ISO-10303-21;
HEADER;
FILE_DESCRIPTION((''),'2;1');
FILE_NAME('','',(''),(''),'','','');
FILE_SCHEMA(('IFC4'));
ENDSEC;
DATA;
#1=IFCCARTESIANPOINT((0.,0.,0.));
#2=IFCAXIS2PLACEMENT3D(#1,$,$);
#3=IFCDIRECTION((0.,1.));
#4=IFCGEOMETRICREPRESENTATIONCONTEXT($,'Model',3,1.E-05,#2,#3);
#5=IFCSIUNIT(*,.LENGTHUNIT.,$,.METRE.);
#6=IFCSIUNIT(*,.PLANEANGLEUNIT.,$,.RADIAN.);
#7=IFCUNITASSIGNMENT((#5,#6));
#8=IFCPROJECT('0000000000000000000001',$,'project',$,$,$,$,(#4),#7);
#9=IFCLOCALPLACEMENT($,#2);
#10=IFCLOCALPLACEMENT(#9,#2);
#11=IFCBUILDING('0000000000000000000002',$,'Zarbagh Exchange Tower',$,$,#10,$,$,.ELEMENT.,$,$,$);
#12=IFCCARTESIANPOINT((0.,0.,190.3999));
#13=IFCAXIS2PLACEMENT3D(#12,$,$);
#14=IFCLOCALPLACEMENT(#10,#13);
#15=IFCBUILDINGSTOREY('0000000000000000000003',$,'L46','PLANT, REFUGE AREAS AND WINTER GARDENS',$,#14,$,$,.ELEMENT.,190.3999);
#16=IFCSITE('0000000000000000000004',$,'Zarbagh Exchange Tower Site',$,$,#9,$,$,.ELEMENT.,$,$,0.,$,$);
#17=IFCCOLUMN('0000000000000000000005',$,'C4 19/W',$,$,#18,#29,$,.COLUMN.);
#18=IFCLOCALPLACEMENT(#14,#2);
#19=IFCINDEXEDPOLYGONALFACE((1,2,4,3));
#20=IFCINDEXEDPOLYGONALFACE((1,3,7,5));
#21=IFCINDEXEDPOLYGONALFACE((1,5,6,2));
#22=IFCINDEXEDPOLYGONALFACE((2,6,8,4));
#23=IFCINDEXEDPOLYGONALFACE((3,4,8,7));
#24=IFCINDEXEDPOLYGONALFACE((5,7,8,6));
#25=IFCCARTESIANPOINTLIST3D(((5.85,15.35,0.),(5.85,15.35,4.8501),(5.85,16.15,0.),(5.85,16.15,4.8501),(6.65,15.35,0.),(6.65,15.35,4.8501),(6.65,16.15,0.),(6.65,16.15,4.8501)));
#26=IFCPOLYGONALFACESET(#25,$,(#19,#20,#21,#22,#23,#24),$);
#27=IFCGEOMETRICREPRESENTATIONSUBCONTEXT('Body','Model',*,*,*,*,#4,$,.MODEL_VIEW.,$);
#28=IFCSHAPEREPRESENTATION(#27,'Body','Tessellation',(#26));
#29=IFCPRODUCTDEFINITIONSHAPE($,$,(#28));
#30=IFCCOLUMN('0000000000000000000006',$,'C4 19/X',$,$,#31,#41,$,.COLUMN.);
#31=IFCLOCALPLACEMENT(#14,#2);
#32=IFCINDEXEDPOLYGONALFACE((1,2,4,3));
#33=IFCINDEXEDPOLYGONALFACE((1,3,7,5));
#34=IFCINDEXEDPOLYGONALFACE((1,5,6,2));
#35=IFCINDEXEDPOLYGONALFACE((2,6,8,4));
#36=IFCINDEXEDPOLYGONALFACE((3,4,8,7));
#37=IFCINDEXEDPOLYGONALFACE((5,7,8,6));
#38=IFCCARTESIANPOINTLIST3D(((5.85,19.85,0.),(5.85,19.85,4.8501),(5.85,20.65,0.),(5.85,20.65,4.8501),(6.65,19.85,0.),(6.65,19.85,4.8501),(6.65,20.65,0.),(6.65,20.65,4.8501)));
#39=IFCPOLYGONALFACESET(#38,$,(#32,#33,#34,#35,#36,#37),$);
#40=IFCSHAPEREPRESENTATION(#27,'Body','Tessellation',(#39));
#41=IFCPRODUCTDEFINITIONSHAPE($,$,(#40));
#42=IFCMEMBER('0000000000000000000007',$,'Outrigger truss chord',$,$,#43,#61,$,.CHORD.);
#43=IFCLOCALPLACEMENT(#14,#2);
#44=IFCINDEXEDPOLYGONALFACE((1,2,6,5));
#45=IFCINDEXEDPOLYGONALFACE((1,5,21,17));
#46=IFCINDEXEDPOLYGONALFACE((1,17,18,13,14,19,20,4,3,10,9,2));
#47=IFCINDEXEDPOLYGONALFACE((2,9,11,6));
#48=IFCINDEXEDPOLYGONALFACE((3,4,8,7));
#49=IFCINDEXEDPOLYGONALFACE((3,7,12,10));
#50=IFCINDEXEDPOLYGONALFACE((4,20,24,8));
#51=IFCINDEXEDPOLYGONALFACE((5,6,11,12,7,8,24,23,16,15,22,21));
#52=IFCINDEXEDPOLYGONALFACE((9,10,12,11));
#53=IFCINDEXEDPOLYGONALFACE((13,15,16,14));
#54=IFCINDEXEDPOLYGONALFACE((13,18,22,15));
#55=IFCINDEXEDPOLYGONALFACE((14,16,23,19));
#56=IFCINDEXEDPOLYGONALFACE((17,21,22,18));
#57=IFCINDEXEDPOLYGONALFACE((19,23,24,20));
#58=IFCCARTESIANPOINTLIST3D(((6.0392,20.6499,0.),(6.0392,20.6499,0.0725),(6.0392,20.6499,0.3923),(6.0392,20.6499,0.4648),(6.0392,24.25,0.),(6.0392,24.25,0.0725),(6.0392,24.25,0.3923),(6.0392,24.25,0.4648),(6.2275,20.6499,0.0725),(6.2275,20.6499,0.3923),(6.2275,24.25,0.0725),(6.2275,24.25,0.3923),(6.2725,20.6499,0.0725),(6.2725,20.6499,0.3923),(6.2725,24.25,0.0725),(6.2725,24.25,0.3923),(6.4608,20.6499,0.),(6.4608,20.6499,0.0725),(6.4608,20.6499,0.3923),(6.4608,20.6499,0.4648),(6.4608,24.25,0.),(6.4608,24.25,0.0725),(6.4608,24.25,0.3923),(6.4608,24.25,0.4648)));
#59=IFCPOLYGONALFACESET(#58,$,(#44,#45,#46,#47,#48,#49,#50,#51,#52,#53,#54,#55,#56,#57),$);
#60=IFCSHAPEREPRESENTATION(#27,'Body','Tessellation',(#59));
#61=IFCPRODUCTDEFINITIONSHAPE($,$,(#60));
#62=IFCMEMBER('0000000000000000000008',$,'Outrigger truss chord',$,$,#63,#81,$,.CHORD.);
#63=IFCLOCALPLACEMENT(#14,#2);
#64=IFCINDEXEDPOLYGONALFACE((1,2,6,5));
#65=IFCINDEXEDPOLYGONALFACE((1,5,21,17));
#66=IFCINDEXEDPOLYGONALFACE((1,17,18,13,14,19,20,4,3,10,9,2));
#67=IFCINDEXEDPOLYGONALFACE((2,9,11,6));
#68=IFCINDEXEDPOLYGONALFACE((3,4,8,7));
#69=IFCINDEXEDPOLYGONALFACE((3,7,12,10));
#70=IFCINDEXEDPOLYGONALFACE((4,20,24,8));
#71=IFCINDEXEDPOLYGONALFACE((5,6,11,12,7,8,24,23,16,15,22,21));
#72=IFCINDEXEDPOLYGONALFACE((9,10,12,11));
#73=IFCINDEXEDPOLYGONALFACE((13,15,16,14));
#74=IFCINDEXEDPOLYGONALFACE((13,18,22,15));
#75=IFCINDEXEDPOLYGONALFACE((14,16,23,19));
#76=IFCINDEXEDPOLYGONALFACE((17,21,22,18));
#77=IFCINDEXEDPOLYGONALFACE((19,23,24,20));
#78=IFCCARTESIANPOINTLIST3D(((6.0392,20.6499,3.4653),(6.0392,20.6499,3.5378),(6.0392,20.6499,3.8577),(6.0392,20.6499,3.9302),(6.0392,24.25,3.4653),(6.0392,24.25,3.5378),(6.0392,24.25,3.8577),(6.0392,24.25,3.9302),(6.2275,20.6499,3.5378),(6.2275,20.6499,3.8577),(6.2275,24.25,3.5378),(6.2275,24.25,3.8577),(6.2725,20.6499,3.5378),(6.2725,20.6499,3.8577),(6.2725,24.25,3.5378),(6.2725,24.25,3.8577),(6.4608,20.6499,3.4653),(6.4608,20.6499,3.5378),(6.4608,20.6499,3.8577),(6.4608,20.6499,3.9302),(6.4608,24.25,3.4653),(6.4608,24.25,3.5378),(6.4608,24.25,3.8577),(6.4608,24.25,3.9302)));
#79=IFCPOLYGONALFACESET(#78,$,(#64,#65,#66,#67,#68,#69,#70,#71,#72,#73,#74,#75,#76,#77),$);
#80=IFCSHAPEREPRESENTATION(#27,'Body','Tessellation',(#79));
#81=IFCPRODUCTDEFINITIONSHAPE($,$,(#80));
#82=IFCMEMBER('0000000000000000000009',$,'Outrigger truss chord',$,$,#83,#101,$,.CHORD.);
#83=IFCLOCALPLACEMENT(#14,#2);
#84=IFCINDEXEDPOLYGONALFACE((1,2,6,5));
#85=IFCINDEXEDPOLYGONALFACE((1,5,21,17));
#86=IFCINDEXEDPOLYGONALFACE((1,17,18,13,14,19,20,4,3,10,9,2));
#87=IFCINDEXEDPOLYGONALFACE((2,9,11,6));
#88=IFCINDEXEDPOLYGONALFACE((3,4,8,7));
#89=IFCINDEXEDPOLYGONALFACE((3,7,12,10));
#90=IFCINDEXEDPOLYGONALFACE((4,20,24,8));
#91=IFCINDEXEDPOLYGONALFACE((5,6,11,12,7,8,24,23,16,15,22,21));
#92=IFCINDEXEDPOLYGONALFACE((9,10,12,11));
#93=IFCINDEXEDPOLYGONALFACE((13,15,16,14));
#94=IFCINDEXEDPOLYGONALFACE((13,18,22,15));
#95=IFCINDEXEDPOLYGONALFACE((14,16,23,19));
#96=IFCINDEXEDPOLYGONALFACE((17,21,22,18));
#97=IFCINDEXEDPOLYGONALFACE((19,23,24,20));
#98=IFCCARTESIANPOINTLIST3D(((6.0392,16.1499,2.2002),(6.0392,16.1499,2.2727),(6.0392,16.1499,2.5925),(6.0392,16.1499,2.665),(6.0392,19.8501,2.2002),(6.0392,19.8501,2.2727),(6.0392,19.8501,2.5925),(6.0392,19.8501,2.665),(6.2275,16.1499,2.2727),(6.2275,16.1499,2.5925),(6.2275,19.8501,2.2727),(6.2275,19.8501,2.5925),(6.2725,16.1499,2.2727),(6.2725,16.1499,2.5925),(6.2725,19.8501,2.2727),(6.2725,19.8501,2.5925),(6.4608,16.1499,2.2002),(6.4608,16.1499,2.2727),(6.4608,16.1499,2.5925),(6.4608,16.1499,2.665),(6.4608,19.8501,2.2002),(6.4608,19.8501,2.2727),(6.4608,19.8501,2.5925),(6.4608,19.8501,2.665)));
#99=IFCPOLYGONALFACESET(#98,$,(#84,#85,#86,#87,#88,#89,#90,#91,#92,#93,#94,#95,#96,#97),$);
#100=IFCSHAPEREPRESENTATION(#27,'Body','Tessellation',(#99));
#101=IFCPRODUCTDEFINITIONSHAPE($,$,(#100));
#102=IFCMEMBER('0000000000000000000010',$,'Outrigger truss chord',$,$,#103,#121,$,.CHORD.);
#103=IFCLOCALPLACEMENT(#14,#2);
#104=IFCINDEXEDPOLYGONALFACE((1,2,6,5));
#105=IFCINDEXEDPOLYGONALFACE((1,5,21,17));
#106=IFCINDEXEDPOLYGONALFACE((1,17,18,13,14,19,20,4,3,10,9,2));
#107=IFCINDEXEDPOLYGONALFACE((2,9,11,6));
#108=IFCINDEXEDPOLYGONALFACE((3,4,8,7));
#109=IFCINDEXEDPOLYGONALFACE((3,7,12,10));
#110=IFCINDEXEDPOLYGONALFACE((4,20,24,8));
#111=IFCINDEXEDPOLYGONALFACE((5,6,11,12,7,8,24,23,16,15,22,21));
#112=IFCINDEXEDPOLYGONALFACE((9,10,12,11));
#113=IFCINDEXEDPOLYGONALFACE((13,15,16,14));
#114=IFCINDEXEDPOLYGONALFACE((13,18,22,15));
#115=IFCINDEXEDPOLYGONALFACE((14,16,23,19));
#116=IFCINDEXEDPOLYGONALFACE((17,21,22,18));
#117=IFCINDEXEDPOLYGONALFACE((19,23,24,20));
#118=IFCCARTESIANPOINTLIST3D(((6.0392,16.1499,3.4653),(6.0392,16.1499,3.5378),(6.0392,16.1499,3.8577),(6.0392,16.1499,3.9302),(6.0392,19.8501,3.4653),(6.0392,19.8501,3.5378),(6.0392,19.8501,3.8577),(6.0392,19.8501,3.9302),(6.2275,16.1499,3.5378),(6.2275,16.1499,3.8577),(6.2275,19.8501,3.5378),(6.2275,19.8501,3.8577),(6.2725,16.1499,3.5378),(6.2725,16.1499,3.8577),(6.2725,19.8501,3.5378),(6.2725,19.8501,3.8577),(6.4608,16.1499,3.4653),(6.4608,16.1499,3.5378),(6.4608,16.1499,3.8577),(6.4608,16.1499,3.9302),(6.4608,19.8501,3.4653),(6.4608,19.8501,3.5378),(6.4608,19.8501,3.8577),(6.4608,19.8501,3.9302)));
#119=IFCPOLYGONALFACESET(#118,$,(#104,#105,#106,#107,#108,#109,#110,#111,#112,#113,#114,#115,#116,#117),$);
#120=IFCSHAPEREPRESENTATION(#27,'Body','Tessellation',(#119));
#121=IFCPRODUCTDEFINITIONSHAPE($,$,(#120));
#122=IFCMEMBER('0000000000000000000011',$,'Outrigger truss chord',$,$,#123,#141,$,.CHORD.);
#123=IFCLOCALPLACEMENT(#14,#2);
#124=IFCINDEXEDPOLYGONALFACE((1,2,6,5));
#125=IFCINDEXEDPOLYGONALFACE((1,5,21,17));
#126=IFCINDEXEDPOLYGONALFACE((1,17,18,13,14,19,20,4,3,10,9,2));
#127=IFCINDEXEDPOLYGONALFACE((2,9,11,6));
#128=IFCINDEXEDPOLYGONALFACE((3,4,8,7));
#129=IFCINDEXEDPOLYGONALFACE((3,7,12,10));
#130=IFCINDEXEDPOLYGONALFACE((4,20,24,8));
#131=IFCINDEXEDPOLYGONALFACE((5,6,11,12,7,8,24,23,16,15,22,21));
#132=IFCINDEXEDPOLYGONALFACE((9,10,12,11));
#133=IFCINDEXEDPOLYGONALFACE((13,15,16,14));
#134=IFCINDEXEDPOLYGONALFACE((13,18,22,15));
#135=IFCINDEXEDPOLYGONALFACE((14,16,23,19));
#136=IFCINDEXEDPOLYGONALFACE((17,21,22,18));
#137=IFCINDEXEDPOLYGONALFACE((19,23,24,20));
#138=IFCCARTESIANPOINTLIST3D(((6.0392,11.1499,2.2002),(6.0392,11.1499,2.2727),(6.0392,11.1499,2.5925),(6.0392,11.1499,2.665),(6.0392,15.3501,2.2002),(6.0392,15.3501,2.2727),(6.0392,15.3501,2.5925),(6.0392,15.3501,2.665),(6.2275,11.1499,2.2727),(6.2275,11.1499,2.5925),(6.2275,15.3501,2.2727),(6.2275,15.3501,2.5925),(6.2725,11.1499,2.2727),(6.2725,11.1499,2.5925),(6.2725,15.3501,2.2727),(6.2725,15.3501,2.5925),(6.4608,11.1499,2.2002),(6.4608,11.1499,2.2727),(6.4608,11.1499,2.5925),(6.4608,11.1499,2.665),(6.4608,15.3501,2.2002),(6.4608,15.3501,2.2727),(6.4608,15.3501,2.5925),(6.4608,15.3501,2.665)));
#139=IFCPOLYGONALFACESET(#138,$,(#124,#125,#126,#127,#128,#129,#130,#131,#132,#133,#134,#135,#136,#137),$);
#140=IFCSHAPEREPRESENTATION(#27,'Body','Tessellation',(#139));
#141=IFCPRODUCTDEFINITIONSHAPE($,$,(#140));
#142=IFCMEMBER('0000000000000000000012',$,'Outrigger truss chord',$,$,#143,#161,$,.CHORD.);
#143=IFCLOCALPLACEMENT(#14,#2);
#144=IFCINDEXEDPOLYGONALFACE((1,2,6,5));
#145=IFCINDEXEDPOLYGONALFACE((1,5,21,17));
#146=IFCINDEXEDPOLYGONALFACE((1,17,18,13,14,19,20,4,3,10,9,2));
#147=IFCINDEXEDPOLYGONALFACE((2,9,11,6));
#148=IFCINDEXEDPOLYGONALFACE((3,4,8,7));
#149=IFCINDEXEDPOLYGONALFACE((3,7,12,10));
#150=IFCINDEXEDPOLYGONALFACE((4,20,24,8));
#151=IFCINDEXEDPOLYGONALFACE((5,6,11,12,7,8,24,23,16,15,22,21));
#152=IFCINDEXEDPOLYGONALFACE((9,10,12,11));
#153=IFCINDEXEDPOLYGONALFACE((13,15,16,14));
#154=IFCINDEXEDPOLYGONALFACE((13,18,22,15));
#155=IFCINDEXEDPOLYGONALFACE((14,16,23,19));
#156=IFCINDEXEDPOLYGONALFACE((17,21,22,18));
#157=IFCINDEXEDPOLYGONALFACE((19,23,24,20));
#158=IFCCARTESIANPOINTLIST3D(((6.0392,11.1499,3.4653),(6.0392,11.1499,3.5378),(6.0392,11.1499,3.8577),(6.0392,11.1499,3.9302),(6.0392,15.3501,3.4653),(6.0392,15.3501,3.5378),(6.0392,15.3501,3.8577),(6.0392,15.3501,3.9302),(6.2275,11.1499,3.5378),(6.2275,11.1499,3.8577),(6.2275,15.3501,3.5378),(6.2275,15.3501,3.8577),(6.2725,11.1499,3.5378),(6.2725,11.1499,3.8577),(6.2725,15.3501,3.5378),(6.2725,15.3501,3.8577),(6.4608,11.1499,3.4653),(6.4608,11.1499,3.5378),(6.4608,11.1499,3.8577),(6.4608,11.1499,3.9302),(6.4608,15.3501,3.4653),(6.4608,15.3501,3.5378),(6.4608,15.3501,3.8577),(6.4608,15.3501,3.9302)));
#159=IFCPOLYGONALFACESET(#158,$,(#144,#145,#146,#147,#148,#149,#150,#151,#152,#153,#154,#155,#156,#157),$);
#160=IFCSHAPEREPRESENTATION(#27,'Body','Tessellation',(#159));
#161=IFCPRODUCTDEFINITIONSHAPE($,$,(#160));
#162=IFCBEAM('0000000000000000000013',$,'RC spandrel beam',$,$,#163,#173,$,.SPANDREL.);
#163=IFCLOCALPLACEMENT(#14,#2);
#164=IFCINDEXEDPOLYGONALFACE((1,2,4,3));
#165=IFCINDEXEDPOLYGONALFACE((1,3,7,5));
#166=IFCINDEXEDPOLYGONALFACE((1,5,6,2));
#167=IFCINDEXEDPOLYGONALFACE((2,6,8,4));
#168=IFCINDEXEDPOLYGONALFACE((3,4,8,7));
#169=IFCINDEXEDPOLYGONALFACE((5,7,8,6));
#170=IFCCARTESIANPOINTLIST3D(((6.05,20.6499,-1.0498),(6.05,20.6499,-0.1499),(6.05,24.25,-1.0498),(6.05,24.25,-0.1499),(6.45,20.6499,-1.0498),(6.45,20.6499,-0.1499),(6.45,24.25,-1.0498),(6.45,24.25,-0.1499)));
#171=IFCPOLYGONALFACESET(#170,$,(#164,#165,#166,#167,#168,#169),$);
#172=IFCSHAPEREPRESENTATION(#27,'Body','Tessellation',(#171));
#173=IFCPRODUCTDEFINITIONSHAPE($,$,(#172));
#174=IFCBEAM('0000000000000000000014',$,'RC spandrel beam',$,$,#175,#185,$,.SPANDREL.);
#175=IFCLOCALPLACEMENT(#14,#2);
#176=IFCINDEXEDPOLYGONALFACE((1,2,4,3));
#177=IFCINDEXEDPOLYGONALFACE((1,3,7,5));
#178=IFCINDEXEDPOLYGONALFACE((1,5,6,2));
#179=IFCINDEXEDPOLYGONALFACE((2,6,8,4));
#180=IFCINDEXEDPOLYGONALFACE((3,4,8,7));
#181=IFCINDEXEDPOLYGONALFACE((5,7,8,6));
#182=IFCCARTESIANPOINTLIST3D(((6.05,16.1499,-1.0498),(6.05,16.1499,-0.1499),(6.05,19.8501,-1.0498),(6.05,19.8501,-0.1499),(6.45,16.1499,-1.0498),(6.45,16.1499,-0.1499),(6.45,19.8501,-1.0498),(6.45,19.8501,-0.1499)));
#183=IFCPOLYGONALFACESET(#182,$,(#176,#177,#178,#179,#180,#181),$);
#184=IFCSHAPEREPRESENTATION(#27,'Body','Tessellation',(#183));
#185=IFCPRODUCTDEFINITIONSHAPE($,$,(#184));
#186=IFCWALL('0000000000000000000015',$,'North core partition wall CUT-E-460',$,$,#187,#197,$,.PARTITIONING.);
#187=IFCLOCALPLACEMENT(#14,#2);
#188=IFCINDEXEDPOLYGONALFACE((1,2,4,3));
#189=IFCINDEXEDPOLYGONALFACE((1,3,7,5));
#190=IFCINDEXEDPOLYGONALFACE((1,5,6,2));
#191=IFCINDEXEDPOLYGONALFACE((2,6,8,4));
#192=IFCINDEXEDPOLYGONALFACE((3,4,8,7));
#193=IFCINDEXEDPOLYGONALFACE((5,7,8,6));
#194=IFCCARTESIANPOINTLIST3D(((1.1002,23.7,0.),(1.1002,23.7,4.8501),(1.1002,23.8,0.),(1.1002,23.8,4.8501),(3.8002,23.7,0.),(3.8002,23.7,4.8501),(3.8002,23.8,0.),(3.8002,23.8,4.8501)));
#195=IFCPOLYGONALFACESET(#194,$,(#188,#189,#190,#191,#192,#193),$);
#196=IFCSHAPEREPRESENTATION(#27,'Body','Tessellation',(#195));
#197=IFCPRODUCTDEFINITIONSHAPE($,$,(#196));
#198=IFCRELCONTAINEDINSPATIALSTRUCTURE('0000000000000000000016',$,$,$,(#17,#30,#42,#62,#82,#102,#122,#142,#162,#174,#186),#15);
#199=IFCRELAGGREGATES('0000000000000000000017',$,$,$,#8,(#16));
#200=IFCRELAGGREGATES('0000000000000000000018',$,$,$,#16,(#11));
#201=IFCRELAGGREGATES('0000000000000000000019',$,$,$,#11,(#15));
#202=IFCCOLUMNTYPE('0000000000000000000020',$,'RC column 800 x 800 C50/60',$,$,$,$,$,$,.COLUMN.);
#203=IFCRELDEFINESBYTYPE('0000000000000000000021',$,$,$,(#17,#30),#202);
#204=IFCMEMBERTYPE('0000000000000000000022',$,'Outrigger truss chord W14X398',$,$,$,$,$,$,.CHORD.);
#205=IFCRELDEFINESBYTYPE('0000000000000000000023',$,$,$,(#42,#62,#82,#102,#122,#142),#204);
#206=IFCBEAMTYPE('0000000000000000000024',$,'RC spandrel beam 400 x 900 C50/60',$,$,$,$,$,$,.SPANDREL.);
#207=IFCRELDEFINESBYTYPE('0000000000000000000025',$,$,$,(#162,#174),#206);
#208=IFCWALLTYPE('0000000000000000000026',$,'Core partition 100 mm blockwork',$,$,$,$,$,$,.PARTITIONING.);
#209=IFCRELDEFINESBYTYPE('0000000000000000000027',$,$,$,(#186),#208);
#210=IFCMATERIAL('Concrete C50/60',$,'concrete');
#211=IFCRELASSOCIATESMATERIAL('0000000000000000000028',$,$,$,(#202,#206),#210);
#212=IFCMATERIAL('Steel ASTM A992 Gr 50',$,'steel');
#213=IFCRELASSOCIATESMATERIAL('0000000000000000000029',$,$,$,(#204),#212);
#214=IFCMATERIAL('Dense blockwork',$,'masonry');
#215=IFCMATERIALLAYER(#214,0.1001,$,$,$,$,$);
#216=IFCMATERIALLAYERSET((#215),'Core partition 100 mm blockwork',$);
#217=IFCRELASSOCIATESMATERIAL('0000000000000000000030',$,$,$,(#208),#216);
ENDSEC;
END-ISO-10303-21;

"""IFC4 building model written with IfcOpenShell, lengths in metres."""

from ifc_helpers import new_model, si_unit, direction, frame, frame_2d, origin, origin_2d, place, context, subcontext, project, spatial, rectangle, i_section, extrude, material, layer, layer_set, material_profile, profile_set, type_object, element, save


model = new_model("IFC4")

# Units and contexts
model_context = context("Model", 3, precision=1e-05, world=origin(), true_north=direction((0.0, 1.0)))
body_context = subcontext(model_context, "Body", "Model", "MODEL_VIEW")
ifc_project = project(units=[si_unit("LENGTHUNIT", "METRE"), si_unit("PLANEANGLEUNIT", "RADIAN")], contexts=[model_context])

# Site, building, storey
site_placement = place(None, origin())
site = spatial("IfcSite", under=ifc_project, at=site_placement, Name="Zarbagh Exchange Tower Site", CompositionType="ELEMENT", RefElevation=0.0)
building_placement = place(site_placement, origin())
building = spatial("IfcBuilding", under=site, at=building_placement, Name="Zarbagh Exchange Tower", CompositionType="ELEMENT")
storey_placement = place(building_placement, frame((0.0, 0.0, 190.3999)))
storey = spatial("IfcBuildingStorey", under=building, at=storey_placement, Name="L46", Description="PLANT, REFUGE AREAS AND WINTER GARDENS", CompositionType="ELEMENT", Elevation=190.3999)

# Columns
ifc_material_1 = material(Name="Concrete C50/60", Category="concrete")
ifc_material_profile_1 = material_profile(ifc_material_1, rectangle(XDim=0.8, YDim=0.8, at=origin_2d()), Name="RC column 800 x 800 C50/60")
ifc_profile_set_1 = profile_set([ifc_material_profile_1], Name="Concrete C50/60")
column_type = type_object("IfcColumnType", Name="RC column 800 x 800 C50/60", PredefinedType="COLUMN", material=ifc_profile_set_1)
for number, where, z_axis, x_axis, name in (
    (1, (6.25, 15.75, 0.0), (0.0, 0.0, 1.0), (1.0, 0.0, 0.0), "C4 19/W"),
    (2, (6.25, 20.25, 0.0), (0.0, 0.0, 1.0), (1.0, 0.0, 0.0), "C4 19/X"),
):
    element("IfcColumn", number, at=place(storey_placement, frame(where, z_axis=z_axis, x_axis=x_axis)), inside=storey, type_object=column_type, Name=name, PredefinedType="COLUMN", context=body_context, shape_type="SweptSolid", body=[
        extrude(rectangle(XDim=0.8, YDim=0.8, at=origin_2d()), origin(), (0.0, 0.0, 1.0), 4.8501),
    ])

# Members
ifc_material_2 = material(Name="Steel ASTM A992 Gr 50", Category="steel")
ifc_material_profile_2 = material_profile(ifc_material_2, i_section(OverallWidth=0.4216, OverallDepth=0.4648, WebThickness=0.0449, FlangeThickness=0.0725, at=origin_2d()), Name="W14X398")
ifc_profile_set_2 = profile_set([ifc_material_profile_2], Name="Steel ASTM A992 Gr 50")
member_type = type_object("IfcMemberType", Name="Outrigger truss chord W14X398", PredefinedType="CHORD", material=ifc_profile_set_2)
for number, where, z_axis, x_axis, name in (
    (3, (6.25, 24.25, 0.2324), (0.0, -1.0, 0.0), (1.0, 0.0, 0.0), "Outrigger truss chord"),
    (4, (6.25, 24.25, 3.6978), (0.0, -1.0, 0.0), (1.0, 0.0, 0.0), "Outrigger truss chord"),
):
    element("IfcMember", number, at=place(storey_placement, frame(where, z_axis=z_axis, x_axis=x_axis)), inside=storey, type_object=member_type, Name=name, PredefinedType="CHORD", context=body_context, shape_type="SweptSolid", body=[
        extrude(i_section(OverallWidth=0.4216, OverallDepth=0.4648, WebThickness=0.0449, FlangeThickness=0.0725, at=origin_2d()), origin(), (0.0, 0.0, 1.0), 3.6001),
    ])
for number, where, z_axis, x_axis, name in (
    (5, (6.25, 19.8501, 2.4326), (0.0, -1.0, 0.0), (1.0, 0.0, 0.0), "Outrigger truss chord"),
    (6, (6.25, 19.8501, 3.6978), (0.0, -1.0, 0.0), (1.0, 0.0, 0.0), "Outrigger truss chord"),
):
    element("IfcMember", number, at=place(storey_placement, frame(where, z_axis=z_axis, x_axis=x_axis)), inside=storey, type_object=member_type, Name=name, PredefinedType="CHORD", context=body_context, shape_type="SweptSolid", body=[
        extrude(i_section(OverallWidth=0.4216, OverallDepth=0.4648, WebThickness=0.0449, FlangeThickness=0.0725, at=origin_2d()), origin(), (0.0, 0.0, 1.0), 3.7002),
    ])
for number, where, z_axis, x_axis, name in (
    (7, (6.25, 15.3501, 2.4326), (0.0, -1.0, 0.0), (1.0, 0.0, 0.0), "Outrigger truss chord"),
    (8, (6.25, 15.3501, 3.6978), (0.0, -1.0, 0.0), (1.0, 0.0, 0.0), "Outrigger truss chord"),
):
    element("IfcMember", number, at=place(storey_placement, frame(where, z_axis=z_axis, x_axis=x_axis)), inside=storey, type_object=member_type, Name=name, PredefinedType="CHORD", context=body_context, shape_type="SweptSolid", body=[
        extrude(i_section(OverallWidth=0.4216, OverallDepth=0.4648, WebThickness=0.0449, FlangeThickness=0.0725, at=origin_2d()), origin(), (0.0, 0.0, 1.0), 4.2002),
    ])

# Beams
ifc_material_profile_3 = material_profile(ifc_material_1, rectangle(XDim=0.3999, YDim=0.8999, at=origin_2d()), Name="RC spandrel beam 400 x 900 C50/60")
ifc_profile_set_3 = profile_set([ifc_material_profile_3], Name="Concrete C50/60")
beam_type = type_object("IfcBeamType", Name="RC spandrel beam 400 x 900 C50/60", PredefinedType="SPANDREL", material=ifc_profile_set_3)
beam_1_placement = place(storey_placement, frame((6.25, 24.25, -0.5999), z_axis=(0.0, -1.0, 0.0), x_axis=(1.0, 0.0, 0.0)))
element("IfcBeam", 9, at=beam_1_placement, inside=storey, type_object=beam_type, Name="RC spandrel beam", PredefinedType="SPANDREL", context=body_context, shape_type="SweptSolid", body=[
    extrude(rectangle(XDim=0.3999, YDim=0.8999, at=origin_2d()), origin(), (0.0, 0.0, 1.0), 3.6001),
])
beam_2_placement = place(storey_placement, frame((6.25, 19.8501, -0.5999), z_axis=(0.0, -1.0, 0.0), x_axis=(1.0, 0.0, 0.0)))
element("IfcBeam", 10, at=beam_2_placement, inside=storey, type_object=beam_type, Name="RC spandrel beam", PredefinedType="SPANDREL", context=body_context, shape_type="SweptSolid", body=[
    extrude(rectangle(XDim=0.3999, YDim=0.8999, at=origin_2d()), origin(), (0.0, 0.0, 1.0), 3.7002),
])

# Wall
ifc_material_3 = material(Name="Dense blockwork", Category="masonry")
ifc_layer_1 = layer(ifc_material_3, 0.1001)
ifc_layer_set_1 = layer_set([ifc_layer_1], Name="Core partition 100 mm blockwork")
wall_type_1 = type_object("IfcWallType", Name="Core partition 100 mm blockwork", PredefinedType="PARTITIONING", material=ifc_layer_set_1)
wall_1_placement = place(storey_placement, frame((1.1001, 23.75, 0.0), z_axis=(0.0, 0.0, 1.0), x_axis=(1.0, 0.0, 0.0)))
element("IfcWall", 11, at=wall_1_placement, inside=storey, type_object=wall_type_1, Name="North core partition wall CUT-E-460", PredefinedType="PARTITIONING", context=body_context, shape_type="SweptSolid", body=[
    extrude(rectangle(XDim=2.7, YDim=0.1001, at=frame_2d((1.3501, 0.0))), origin(), (0.0, 0.0, 1.0), 4.8501),
])

save(model, "model.ifc")
